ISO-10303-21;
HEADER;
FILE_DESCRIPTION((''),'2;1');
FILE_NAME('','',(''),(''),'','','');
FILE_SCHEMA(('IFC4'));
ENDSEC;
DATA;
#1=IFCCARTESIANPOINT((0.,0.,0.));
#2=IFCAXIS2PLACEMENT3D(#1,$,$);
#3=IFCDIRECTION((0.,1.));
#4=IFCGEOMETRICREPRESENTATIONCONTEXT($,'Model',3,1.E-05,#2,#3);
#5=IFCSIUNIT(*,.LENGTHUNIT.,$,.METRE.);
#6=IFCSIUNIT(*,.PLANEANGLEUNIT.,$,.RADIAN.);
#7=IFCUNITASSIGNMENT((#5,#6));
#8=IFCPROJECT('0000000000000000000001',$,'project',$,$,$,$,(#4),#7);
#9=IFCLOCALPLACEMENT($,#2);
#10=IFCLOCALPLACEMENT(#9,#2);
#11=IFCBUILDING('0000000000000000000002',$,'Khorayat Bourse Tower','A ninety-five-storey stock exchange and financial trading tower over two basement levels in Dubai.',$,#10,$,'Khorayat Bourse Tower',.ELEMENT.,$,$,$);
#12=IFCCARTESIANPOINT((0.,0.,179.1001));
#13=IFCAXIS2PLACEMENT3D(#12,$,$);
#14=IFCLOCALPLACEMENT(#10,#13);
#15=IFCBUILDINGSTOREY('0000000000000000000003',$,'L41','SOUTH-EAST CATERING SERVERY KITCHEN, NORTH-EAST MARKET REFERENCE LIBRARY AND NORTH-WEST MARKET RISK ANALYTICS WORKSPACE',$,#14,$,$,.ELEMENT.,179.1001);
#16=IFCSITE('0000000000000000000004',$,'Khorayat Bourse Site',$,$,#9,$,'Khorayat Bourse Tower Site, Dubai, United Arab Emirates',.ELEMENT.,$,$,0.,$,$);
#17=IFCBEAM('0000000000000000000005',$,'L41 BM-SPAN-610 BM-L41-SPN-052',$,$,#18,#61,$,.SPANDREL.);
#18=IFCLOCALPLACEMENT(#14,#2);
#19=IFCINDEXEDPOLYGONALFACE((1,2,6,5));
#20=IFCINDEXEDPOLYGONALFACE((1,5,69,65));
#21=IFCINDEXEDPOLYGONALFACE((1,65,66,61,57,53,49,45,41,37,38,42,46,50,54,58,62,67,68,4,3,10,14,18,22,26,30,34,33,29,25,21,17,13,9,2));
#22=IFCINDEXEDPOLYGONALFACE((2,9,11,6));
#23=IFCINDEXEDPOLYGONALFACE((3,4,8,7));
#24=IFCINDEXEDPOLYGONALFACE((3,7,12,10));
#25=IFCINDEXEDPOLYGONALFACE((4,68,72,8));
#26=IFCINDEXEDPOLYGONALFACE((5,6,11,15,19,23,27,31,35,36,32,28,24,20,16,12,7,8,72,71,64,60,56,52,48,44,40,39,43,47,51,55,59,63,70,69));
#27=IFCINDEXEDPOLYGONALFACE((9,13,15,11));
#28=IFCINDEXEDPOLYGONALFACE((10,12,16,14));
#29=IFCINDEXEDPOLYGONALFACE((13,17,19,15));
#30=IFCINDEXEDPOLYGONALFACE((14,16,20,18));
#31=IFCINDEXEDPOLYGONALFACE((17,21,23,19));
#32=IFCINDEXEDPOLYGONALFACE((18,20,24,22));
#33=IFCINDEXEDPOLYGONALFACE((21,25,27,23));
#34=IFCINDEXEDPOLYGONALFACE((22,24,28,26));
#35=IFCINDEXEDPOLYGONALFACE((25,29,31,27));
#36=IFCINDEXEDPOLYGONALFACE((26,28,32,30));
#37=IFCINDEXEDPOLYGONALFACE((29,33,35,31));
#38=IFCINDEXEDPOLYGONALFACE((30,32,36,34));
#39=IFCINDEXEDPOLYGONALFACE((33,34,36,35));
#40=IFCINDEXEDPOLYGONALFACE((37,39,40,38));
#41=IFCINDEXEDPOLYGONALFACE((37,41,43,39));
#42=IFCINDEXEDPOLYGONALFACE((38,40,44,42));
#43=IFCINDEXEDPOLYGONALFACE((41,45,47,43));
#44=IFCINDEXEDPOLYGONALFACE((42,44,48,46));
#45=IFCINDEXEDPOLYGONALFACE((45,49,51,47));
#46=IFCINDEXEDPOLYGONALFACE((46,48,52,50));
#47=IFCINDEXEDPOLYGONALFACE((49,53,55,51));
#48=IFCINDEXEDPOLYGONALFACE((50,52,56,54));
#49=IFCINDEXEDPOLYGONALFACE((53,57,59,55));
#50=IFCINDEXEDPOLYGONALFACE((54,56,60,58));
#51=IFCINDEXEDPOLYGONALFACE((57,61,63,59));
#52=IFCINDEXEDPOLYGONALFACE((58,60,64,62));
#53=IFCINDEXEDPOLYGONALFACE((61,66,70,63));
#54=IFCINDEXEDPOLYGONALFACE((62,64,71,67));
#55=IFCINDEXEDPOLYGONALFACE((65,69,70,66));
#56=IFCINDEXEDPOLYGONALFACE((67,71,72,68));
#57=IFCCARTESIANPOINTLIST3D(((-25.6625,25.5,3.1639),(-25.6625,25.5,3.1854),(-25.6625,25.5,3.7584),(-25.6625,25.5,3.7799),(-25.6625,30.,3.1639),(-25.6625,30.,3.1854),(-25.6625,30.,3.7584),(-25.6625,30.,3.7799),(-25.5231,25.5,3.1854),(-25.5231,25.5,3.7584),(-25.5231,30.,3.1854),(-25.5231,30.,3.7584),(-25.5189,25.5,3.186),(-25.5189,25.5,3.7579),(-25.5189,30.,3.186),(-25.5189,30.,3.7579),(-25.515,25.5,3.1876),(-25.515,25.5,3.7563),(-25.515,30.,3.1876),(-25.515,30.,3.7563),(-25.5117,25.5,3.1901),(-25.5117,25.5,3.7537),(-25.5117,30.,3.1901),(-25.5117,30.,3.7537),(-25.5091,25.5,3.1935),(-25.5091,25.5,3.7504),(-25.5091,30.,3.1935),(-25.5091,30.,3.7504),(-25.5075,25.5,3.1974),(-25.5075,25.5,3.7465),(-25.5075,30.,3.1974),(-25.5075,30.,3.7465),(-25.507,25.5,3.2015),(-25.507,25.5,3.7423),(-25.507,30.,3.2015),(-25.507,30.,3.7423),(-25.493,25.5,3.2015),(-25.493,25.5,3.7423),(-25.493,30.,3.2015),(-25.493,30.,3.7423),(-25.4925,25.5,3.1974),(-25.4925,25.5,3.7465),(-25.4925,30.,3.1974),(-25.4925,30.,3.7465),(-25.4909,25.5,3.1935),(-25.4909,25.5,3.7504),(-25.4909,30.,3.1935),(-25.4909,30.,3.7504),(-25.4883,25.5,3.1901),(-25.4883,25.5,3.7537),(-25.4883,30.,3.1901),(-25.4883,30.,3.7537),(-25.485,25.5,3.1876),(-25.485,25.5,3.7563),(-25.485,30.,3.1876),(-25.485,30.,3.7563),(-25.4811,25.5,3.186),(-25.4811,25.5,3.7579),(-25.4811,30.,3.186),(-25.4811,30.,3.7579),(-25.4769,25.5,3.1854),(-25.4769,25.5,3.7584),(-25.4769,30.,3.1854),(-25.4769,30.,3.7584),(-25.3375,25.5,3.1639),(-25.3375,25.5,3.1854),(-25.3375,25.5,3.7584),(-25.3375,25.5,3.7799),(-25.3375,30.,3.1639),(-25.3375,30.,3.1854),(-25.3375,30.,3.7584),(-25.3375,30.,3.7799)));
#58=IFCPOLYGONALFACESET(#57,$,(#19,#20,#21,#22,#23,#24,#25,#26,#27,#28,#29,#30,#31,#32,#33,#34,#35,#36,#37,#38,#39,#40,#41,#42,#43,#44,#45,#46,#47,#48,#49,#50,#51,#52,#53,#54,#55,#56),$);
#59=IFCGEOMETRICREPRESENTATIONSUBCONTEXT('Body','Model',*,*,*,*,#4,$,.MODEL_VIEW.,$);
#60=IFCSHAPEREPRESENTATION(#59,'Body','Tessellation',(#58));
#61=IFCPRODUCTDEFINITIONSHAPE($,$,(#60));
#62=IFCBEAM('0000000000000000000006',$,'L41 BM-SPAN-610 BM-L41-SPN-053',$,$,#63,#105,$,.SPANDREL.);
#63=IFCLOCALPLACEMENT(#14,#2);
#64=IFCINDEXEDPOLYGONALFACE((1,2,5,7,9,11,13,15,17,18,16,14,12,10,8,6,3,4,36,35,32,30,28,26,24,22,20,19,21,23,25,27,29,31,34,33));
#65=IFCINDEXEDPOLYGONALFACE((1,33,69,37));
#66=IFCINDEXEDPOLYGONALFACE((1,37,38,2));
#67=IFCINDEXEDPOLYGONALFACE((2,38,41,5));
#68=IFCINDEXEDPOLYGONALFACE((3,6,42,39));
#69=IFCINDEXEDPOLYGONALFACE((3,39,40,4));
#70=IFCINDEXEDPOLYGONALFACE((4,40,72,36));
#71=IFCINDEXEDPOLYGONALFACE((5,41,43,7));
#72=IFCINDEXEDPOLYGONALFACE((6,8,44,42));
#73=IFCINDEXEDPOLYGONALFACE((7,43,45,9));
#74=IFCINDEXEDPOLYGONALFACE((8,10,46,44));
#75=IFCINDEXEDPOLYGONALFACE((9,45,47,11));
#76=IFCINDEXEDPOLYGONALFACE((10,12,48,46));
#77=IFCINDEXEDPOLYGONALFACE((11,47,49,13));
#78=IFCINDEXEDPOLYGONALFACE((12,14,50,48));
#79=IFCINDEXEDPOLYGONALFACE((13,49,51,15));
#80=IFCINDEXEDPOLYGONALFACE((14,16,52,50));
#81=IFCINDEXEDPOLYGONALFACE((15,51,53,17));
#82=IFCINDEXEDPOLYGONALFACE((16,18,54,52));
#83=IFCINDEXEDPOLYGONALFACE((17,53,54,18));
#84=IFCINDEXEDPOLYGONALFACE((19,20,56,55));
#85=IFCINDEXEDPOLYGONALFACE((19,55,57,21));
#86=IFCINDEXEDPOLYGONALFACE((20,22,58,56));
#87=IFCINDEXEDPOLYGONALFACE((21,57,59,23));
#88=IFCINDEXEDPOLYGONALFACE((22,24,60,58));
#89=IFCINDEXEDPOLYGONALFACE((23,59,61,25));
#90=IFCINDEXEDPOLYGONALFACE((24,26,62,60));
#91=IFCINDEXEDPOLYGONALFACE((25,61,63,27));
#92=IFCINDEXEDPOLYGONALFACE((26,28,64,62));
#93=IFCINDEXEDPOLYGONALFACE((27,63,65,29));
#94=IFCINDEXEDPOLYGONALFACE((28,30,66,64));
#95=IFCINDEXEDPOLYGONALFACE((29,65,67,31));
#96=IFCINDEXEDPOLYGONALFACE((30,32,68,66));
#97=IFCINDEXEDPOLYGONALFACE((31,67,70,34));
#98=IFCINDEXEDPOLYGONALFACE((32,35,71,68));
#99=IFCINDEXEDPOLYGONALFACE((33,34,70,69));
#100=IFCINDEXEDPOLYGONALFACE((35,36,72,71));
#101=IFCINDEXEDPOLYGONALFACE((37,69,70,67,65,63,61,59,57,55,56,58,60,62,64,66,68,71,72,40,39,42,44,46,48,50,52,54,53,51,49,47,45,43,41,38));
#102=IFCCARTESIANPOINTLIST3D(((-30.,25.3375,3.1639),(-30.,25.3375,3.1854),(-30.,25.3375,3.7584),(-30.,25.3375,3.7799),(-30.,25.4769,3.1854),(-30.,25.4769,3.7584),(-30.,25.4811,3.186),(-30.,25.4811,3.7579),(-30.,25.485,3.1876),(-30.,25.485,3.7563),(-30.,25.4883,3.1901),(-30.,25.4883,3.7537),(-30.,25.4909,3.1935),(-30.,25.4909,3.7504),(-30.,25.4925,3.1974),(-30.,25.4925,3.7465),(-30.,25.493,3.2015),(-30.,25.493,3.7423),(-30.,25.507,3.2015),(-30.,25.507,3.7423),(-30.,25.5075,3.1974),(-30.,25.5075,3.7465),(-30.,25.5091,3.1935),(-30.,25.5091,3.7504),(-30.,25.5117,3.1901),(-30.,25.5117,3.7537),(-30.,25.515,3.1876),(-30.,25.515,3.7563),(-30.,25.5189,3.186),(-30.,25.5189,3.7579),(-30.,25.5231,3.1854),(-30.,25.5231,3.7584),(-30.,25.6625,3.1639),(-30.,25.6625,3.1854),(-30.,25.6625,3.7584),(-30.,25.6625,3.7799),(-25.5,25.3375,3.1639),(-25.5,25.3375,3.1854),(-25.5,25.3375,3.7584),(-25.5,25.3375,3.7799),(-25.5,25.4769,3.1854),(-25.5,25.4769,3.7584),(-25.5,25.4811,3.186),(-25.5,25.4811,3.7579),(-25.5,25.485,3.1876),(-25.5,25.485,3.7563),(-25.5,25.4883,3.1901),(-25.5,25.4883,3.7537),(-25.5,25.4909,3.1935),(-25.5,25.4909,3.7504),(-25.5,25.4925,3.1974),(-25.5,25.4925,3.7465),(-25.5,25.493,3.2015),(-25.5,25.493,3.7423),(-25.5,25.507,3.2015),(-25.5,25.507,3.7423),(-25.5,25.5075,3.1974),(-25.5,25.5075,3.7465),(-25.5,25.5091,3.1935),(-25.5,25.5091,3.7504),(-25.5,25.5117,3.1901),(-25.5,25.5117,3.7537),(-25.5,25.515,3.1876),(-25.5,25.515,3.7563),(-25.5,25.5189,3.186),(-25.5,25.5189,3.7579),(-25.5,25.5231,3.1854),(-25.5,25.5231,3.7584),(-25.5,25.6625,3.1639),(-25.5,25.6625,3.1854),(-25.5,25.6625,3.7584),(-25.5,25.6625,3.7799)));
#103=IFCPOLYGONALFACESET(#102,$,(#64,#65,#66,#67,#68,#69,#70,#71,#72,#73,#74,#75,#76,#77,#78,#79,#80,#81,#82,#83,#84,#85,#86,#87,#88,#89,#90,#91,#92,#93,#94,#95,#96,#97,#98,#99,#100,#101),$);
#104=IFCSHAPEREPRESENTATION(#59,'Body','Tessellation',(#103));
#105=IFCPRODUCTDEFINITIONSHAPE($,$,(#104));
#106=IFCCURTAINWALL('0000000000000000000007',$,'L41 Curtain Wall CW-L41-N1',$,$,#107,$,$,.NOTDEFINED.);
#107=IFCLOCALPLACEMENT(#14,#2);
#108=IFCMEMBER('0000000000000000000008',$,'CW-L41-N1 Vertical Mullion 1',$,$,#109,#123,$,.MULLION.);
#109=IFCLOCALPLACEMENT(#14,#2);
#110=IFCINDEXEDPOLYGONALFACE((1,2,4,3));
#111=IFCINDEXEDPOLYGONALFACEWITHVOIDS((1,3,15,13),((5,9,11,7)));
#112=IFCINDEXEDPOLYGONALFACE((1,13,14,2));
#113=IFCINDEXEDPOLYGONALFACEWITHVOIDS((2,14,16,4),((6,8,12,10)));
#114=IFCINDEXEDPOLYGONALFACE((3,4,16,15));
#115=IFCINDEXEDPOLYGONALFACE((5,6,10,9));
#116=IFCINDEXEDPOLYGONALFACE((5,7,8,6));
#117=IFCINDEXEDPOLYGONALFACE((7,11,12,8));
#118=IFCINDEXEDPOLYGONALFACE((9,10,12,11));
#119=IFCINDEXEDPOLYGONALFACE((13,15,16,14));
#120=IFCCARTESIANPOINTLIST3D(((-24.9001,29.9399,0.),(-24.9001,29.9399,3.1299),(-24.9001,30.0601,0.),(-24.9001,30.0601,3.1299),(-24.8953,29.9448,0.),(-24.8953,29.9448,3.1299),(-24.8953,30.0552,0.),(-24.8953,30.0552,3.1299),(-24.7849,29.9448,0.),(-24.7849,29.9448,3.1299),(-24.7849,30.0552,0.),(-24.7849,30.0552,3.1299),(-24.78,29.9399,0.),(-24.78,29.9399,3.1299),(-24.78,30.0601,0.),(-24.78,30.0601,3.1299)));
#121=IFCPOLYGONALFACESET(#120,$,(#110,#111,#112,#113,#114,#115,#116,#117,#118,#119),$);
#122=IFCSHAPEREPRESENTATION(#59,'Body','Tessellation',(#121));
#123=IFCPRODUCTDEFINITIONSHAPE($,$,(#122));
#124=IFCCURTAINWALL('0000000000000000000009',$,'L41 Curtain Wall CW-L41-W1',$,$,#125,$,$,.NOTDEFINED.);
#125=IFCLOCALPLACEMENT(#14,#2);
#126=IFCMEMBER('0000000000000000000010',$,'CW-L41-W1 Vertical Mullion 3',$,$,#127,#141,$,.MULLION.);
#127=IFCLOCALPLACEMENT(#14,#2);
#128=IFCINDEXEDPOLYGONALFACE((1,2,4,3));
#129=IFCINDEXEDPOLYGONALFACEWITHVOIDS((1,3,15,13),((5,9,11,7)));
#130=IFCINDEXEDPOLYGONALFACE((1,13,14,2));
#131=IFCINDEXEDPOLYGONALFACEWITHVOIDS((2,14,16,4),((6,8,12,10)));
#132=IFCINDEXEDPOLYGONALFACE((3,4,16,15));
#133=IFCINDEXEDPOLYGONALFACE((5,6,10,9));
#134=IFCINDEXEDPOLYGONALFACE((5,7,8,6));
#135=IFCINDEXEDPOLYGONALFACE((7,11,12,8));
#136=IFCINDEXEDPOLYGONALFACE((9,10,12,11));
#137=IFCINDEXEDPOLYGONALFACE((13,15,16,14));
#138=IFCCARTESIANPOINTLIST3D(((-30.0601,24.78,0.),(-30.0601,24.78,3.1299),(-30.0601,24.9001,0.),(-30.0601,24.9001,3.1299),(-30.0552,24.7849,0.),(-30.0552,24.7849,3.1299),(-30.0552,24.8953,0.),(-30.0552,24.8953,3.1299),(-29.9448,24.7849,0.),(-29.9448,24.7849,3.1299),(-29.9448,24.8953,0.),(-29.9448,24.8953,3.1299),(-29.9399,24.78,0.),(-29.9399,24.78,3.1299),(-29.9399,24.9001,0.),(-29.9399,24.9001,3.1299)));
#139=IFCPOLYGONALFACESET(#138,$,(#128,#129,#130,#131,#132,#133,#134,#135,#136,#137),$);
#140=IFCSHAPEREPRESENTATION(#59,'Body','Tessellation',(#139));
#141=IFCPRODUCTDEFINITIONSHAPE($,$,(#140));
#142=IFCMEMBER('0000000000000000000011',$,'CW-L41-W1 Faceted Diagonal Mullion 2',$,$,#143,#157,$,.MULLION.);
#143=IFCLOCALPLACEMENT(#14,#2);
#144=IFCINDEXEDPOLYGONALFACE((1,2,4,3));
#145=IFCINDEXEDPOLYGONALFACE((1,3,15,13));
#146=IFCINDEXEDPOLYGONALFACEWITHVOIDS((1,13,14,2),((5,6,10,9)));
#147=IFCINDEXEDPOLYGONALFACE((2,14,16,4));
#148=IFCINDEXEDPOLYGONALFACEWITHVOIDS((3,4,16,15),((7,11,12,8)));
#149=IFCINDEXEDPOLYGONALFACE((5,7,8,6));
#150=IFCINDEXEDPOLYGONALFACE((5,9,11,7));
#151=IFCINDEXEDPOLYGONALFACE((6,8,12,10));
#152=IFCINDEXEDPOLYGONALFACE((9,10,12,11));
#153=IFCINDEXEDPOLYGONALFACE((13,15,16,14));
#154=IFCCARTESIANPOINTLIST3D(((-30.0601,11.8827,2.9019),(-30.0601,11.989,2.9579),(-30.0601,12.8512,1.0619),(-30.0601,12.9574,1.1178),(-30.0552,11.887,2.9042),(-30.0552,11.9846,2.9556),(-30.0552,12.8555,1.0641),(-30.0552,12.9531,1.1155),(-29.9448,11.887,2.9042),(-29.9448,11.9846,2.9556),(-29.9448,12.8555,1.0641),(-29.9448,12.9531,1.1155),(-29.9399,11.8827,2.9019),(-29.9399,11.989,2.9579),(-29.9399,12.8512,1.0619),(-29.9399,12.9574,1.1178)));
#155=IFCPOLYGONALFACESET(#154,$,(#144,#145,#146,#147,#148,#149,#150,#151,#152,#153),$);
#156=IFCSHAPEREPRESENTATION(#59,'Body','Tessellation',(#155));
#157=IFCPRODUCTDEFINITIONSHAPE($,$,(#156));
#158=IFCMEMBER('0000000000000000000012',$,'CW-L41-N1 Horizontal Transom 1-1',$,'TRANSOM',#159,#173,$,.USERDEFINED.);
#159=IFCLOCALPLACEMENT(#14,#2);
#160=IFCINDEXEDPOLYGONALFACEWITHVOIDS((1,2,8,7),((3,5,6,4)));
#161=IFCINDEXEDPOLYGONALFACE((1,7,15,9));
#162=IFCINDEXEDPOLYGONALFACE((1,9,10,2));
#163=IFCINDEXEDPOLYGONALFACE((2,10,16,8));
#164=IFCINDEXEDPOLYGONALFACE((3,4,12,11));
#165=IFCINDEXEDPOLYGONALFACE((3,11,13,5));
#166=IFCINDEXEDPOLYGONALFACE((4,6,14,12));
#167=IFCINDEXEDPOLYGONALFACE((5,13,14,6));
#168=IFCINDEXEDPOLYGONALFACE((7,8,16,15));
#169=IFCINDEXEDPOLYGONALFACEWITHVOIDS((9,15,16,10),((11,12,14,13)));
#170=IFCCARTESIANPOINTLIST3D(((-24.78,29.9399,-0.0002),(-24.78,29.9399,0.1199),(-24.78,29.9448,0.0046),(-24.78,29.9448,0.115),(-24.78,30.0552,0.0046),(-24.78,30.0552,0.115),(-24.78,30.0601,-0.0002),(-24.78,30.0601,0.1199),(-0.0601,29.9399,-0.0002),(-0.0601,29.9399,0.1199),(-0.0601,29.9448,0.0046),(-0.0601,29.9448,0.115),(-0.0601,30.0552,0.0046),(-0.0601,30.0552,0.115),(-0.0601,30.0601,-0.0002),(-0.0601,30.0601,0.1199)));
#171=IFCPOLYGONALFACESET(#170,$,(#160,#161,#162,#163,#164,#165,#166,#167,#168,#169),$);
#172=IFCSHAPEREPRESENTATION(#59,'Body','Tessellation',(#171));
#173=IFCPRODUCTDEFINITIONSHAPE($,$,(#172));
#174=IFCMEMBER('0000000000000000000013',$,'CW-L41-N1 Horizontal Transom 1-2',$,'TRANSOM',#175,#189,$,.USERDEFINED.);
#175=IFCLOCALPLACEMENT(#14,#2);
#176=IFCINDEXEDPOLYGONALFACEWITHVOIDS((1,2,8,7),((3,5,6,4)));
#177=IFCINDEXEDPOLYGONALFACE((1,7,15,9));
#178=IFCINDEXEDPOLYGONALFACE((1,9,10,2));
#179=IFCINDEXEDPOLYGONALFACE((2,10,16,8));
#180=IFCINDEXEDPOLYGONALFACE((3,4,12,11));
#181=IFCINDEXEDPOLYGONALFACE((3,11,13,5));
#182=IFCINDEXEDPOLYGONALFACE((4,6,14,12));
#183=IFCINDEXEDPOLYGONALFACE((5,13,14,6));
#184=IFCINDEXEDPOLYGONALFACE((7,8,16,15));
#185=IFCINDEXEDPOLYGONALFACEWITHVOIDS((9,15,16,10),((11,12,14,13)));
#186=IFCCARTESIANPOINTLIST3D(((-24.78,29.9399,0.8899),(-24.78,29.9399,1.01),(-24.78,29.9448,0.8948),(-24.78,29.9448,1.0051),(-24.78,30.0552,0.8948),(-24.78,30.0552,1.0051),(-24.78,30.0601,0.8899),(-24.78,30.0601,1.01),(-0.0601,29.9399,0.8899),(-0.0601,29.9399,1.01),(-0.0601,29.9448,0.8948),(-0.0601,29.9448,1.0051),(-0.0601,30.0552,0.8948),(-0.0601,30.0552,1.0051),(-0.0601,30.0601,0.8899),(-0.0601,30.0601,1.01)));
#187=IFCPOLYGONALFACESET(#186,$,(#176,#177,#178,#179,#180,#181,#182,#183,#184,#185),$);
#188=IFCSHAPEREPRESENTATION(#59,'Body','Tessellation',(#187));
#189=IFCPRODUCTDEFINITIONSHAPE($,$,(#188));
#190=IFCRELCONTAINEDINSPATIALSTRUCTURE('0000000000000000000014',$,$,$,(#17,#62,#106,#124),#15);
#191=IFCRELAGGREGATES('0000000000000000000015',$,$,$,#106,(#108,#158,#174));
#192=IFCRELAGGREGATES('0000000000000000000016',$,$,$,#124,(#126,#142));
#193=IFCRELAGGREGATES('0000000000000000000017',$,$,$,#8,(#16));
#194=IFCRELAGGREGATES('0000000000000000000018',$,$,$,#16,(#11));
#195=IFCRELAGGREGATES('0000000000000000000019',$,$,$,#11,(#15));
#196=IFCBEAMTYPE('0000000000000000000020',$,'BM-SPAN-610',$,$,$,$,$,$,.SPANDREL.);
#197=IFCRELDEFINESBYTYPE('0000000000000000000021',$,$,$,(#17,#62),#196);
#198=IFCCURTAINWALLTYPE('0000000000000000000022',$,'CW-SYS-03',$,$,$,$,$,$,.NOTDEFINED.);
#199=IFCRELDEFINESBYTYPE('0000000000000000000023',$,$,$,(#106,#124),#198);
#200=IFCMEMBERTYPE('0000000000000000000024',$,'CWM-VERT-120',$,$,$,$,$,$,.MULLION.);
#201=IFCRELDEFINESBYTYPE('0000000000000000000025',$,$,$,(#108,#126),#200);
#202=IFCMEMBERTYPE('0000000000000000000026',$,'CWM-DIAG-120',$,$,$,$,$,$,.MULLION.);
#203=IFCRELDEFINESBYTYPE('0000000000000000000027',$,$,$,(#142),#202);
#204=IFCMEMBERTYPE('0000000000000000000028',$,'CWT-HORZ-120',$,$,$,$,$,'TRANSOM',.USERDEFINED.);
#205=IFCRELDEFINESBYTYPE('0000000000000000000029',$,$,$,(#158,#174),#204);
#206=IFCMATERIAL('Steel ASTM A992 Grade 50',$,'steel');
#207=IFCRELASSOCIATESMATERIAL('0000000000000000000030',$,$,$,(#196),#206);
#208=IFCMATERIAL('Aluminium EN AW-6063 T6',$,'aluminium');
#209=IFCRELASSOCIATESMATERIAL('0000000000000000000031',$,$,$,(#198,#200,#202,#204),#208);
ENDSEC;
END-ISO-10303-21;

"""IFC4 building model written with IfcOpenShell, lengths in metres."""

from ifc_helpers import new_model, si_unit, direction, frame, origin, origin_2d, place, context, subcontext, project, spatial, hollow_rectangle, i_section, extrude, source, transform, mapped, material, material_profile, profile_set, type_object, element, aggregate, save


model = new_model("IFC4")

# Units and contexts
model_context = context("Model", 3, precision=1e-05, world=origin(), true_north=direction((0.0, 1.0)))
body_context = subcontext(model_context, "Body", "Model", "MODEL_VIEW")
ifc_project = project(units=[si_unit("LENGTHUNIT", "METRE"), si_unit("PLANEANGLEUNIT", "RADIAN")], contexts=[model_context])

# Site, building, storey
site_placement = place(None, origin())
site = spatial("IfcSite", under=ifc_project, at=site_placement, Name="Khorayat Bourse Site", LongName="Khorayat Bourse Tower Site, Dubai, United Arab Emirates", CompositionType="ELEMENT", RefElevation=0.0)
building_placement = place(site_placement, origin())
building = spatial("IfcBuilding", under=site, at=building_placement, Name="Khorayat Bourse Tower", Description="A ninety-five-storey stock exchange and financial trading tower over two basement levels in Dubai.", LongName="Khorayat Bourse Tower", CompositionType="ELEMENT")
storey_placement = place(building_placement, frame((0.0, 0.0, 179.1001)))
storey = spatial("IfcBuildingStorey", under=building, at=storey_placement, Name="L41", Description="SOUTH-EAST CATERING SERVERY KITCHEN, NORTH-EAST MARKET REFERENCE LIBRARY AND NORTH-WEST MARKET RISK ANALYTICS WORKSPACE", CompositionType="ELEMENT", Elevation=179.1001)

# Beams
ifc_material_1 = material(Name="Steel ASTM A992 Grade 50", Category="steel")
ifc_material_profile_1 = material_profile(ifc_material_1, i_section(OverallWidth=0.325, OverallDepth=0.616, WebThickness=0.0139, FlangeThickness=0.0215, FilletRadius=0.0161, at=origin_2d()), Name="W610X174")
ifc_profile_set_1 = profile_set([ifc_material_profile_1], Name="Steel ASTM A992 Grade 50")
beam_type_1 = type_object("IfcBeamType", Name="BM-SPAN-610", PredefinedType="SPANDREL", material=ifc_profile_set_1)
shared_shape_1 = source(origin(), body_context, "Body", "SweptSolid", [
    extrude(i_section(OverallWidth=0.325, OverallDepth=0.616, WebThickness=0.0139, FlangeThickness=0.0215, FilletRadius=0.0161, at=origin_2d()), origin(), (0.0, 0.0, 1.0), 4.5),
])
for number, where, z_axis, x_axis, name in (
    (1, (-25.5, 25.5, 3.4719), (0.0, 1.0, 0.0), (-1.0, 0.0, 0.0), "L41 BM-SPAN-610 BM-L41-SPN-052"),
    (2, (-30.0, 25.5, 3.4719), (1.0, 0.0, 0.0), (0.0, 1.0, 0.0), "L41 BM-SPAN-610 BM-L41-SPN-053"),
):
    element("IfcBeam", number, at=place(storey_placement, frame(where, z_axis=z_axis, x_axis=x_axis)), inside=storey, type_object=beam_type_1, Name=name, PredefinedType="SPANDREL", context=body_context, shape_type="MappedRepresentation", body=[
        mapped(shared_shape_1, transform((0.0, 0.0, 0.0), scale=1.0)),
    ])

# Curtain wall, member
ifc_material_2 = material(Name="Aluminium EN AW-6063 T6", Category="aluminium")
curtain_wall_type = type_object("IfcCurtainWallType", Name="CW-SYS-03", PredefinedType="NOTDEFINED", material=ifc_material_2)
curtain_wall_1_placement = place(storey_placement, origin())
curtain_wall_1 = element("IfcCurtainWall", 3, at=curtain_wall_1_placement, inside=storey, type_object=curtain_wall_type, Name="L41 Curtain Wall CW-L41-N1", PredefinedType="NOTDEFINED")
ifc_material_profile_2 = material_profile(ifc_material_2, hollow_rectangle(XDim=0.1201, YDim=0.1201, WallThickness=0.0049, at=origin_2d()), Name="ALU 120x120x5")
ifc_profile_set_2 = profile_set([ifc_material_profile_2], Name="Aluminium EN AW-6063 T6")
member_type_1 = type_object("IfcMemberType", Name="CWM-VERT-120", PredefinedType="MULLION", material=ifc_profile_set_2)
shared_shape_2 = source(origin(), body_context, "Body", "SweptSolid", [
    extrude(hollow_rectangle(XDim=0.1201, YDim=0.1201, WallThickness=0.0049, at=origin_2d()), origin(), (0.0, 0.0, 1.0), 3.1299),
])
member_1_placement = place(storey_placement, frame((-24.8401, 30.0, 0.0), z_axis=(0.0, 0.0, 1.0), x_axis=(0.0, 1.0, 0.0)))
member_1 = element("IfcMember", 4, at=member_1_placement, type_object=member_type_1, Name="CW-L41-N1 Vertical Mullion 1", PredefinedType="MULLION", context=body_context, shape_type="MappedRepresentation", body=[
    mapped(shared_shape_2, transform((0.0, 0.0, 0.0), scale=1.0)),
])

# Curtain wall, members
curtain_wall_2_placement = place(storey_placement, origin())
curtain_wall_2 = element("IfcCurtainWall", 5, at=curtain_wall_2_placement, inside=storey, type_object=curtain_wall_type, Name="L41 Curtain Wall CW-L41-W1", PredefinedType="NOTDEFINED")
member_2_placement = place(storey_placement, frame((-30.0, 24.8401, 0.0), z_axis=(0.0, 0.0, 1.0), x_axis=(-1.0, 0.0, 0.0)))
member_2 = element("IfcMember", 6, at=member_2_placement, type_object=member_type_1, Name="CW-L41-W1 Vertical Mullion 3", PredefinedType="MULLION", context=body_context, shape_type="MappedRepresentation", body=[
    mapped(shared_shape_2, transform((0.0, 0.0, 0.0), scale=1.0)),
])
ifc_material_profile_3 = material_profile(ifc_material_2, hollow_rectangle(XDim=0.1201, YDim=0.1201, WallThickness=0.0049, at=origin_2d()), Name="ALU 120x120x5")
ifc_profile_set_3 = profile_set([ifc_material_profile_3], Name="Aluminium EN AW-6063 T6")
member_type_2 = type_object("IfcMemberType", Name="CWM-DIAG-120", PredefinedType="MULLION", material=ifc_profile_set_3)
shared_shape_3 = source(origin(), body_context, "Body", "SweptSolid", [
    extrude(hollow_rectangle(XDim=0.1201, YDim=0.1201, WallThickness=0.0049, at=origin_2d()), origin(), (0.0, 0.0, 1.0), 2.0793),
])
member_3_placement = place(storey_placement, frame((-30.0, 12.9043, 1.0898), z_axis=(0.0, -0.465761, 0.884911), x_axis=(1.0, 0.0, 0.0)))
member_3 = element("IfcMember", 7, at=member_3_placement, type_object=member_type_2, Name="CW-L41-W1 Faceted Diagonal Mullion 2", PredefinedType="MULLION", context=body_context, shape_type="MappedRepresentation", body=[
    mapped(shared_shape_3, transform((0.0, 0.0, 0.0), scale=1.0)),
])

# Members
ifc_material_profile_4 = material_profile(ifc_material_2, hollow_rectangle(XDim=0.1201, YDim=0.1201, WallThickness=0.0049, at=origin_2d()), Name="ALU 120x120x5")
ifc_profile_set_4 = profile_set([ifc_material_profile_4], Name="Aluminium EN AW-6063 T6")
member_type_3 = type_object("IfcMemberType", Name="CWT-HORZ-120", ElementType="TRANSOM", PredefinedType="USERDEFINED", material=ifc_profile_set_4)
shared_shape_4 = source(origin(), body_context, "Body", "SweptSolid", [
    extrude(hollow_rectangle(XDim=0.1201, YDim=0.1201, WallThickness=0.0049, at=origin_2d()), origin(), (0.0, 0.0, 1.0), 24.72),
])
member_4_placement = place(storey_placement, frame((-24.78, 30.0, 0.0598), z_axis=(1.0, 0.0, 0.0), x_axis=(0.0, 1.0, 0.0)))
member_4 = element("IfcMember", 8, at=member_4_placement, type_object=member_type_3, Name="CW-L41-N1 Horizontal Transom 1-1", ObjectType="TRANSOM", PredefinedType="USERDEFINED", context=body_context, shape_type="MappedRepresentation", body=[
    mapped(shared_shape_4, transform((0.0, 0.0, 0.0), scale=1.0)),
])
member_5_placement = place(storey_placement, frame((-24.78, 30.0, 0.95), z_axis=(1.0, 0.0, 0.0), x_axis=(0.0, 1.0, 0.0)))
member_5 = element("IfcMember", 9, at=member_5_placement, type_object=member_type_3, Name="CW-L41-N1 Horizontal Transom 1-2", ObjectType="TRANSOM", PredefinedType="USERDEFINED", context=body_context, shape_type="MappedRepresentation", body=[
    mapped(shared_shape_4, transform((0.0, 0.0, 0.0), scale=1.0)),
])
aggregate(curtain_wall_1, [member_1, member_4, member_5])

aggregate(curtain_wall_2, [member_2, member_3])

save(model, "model.ifc")
